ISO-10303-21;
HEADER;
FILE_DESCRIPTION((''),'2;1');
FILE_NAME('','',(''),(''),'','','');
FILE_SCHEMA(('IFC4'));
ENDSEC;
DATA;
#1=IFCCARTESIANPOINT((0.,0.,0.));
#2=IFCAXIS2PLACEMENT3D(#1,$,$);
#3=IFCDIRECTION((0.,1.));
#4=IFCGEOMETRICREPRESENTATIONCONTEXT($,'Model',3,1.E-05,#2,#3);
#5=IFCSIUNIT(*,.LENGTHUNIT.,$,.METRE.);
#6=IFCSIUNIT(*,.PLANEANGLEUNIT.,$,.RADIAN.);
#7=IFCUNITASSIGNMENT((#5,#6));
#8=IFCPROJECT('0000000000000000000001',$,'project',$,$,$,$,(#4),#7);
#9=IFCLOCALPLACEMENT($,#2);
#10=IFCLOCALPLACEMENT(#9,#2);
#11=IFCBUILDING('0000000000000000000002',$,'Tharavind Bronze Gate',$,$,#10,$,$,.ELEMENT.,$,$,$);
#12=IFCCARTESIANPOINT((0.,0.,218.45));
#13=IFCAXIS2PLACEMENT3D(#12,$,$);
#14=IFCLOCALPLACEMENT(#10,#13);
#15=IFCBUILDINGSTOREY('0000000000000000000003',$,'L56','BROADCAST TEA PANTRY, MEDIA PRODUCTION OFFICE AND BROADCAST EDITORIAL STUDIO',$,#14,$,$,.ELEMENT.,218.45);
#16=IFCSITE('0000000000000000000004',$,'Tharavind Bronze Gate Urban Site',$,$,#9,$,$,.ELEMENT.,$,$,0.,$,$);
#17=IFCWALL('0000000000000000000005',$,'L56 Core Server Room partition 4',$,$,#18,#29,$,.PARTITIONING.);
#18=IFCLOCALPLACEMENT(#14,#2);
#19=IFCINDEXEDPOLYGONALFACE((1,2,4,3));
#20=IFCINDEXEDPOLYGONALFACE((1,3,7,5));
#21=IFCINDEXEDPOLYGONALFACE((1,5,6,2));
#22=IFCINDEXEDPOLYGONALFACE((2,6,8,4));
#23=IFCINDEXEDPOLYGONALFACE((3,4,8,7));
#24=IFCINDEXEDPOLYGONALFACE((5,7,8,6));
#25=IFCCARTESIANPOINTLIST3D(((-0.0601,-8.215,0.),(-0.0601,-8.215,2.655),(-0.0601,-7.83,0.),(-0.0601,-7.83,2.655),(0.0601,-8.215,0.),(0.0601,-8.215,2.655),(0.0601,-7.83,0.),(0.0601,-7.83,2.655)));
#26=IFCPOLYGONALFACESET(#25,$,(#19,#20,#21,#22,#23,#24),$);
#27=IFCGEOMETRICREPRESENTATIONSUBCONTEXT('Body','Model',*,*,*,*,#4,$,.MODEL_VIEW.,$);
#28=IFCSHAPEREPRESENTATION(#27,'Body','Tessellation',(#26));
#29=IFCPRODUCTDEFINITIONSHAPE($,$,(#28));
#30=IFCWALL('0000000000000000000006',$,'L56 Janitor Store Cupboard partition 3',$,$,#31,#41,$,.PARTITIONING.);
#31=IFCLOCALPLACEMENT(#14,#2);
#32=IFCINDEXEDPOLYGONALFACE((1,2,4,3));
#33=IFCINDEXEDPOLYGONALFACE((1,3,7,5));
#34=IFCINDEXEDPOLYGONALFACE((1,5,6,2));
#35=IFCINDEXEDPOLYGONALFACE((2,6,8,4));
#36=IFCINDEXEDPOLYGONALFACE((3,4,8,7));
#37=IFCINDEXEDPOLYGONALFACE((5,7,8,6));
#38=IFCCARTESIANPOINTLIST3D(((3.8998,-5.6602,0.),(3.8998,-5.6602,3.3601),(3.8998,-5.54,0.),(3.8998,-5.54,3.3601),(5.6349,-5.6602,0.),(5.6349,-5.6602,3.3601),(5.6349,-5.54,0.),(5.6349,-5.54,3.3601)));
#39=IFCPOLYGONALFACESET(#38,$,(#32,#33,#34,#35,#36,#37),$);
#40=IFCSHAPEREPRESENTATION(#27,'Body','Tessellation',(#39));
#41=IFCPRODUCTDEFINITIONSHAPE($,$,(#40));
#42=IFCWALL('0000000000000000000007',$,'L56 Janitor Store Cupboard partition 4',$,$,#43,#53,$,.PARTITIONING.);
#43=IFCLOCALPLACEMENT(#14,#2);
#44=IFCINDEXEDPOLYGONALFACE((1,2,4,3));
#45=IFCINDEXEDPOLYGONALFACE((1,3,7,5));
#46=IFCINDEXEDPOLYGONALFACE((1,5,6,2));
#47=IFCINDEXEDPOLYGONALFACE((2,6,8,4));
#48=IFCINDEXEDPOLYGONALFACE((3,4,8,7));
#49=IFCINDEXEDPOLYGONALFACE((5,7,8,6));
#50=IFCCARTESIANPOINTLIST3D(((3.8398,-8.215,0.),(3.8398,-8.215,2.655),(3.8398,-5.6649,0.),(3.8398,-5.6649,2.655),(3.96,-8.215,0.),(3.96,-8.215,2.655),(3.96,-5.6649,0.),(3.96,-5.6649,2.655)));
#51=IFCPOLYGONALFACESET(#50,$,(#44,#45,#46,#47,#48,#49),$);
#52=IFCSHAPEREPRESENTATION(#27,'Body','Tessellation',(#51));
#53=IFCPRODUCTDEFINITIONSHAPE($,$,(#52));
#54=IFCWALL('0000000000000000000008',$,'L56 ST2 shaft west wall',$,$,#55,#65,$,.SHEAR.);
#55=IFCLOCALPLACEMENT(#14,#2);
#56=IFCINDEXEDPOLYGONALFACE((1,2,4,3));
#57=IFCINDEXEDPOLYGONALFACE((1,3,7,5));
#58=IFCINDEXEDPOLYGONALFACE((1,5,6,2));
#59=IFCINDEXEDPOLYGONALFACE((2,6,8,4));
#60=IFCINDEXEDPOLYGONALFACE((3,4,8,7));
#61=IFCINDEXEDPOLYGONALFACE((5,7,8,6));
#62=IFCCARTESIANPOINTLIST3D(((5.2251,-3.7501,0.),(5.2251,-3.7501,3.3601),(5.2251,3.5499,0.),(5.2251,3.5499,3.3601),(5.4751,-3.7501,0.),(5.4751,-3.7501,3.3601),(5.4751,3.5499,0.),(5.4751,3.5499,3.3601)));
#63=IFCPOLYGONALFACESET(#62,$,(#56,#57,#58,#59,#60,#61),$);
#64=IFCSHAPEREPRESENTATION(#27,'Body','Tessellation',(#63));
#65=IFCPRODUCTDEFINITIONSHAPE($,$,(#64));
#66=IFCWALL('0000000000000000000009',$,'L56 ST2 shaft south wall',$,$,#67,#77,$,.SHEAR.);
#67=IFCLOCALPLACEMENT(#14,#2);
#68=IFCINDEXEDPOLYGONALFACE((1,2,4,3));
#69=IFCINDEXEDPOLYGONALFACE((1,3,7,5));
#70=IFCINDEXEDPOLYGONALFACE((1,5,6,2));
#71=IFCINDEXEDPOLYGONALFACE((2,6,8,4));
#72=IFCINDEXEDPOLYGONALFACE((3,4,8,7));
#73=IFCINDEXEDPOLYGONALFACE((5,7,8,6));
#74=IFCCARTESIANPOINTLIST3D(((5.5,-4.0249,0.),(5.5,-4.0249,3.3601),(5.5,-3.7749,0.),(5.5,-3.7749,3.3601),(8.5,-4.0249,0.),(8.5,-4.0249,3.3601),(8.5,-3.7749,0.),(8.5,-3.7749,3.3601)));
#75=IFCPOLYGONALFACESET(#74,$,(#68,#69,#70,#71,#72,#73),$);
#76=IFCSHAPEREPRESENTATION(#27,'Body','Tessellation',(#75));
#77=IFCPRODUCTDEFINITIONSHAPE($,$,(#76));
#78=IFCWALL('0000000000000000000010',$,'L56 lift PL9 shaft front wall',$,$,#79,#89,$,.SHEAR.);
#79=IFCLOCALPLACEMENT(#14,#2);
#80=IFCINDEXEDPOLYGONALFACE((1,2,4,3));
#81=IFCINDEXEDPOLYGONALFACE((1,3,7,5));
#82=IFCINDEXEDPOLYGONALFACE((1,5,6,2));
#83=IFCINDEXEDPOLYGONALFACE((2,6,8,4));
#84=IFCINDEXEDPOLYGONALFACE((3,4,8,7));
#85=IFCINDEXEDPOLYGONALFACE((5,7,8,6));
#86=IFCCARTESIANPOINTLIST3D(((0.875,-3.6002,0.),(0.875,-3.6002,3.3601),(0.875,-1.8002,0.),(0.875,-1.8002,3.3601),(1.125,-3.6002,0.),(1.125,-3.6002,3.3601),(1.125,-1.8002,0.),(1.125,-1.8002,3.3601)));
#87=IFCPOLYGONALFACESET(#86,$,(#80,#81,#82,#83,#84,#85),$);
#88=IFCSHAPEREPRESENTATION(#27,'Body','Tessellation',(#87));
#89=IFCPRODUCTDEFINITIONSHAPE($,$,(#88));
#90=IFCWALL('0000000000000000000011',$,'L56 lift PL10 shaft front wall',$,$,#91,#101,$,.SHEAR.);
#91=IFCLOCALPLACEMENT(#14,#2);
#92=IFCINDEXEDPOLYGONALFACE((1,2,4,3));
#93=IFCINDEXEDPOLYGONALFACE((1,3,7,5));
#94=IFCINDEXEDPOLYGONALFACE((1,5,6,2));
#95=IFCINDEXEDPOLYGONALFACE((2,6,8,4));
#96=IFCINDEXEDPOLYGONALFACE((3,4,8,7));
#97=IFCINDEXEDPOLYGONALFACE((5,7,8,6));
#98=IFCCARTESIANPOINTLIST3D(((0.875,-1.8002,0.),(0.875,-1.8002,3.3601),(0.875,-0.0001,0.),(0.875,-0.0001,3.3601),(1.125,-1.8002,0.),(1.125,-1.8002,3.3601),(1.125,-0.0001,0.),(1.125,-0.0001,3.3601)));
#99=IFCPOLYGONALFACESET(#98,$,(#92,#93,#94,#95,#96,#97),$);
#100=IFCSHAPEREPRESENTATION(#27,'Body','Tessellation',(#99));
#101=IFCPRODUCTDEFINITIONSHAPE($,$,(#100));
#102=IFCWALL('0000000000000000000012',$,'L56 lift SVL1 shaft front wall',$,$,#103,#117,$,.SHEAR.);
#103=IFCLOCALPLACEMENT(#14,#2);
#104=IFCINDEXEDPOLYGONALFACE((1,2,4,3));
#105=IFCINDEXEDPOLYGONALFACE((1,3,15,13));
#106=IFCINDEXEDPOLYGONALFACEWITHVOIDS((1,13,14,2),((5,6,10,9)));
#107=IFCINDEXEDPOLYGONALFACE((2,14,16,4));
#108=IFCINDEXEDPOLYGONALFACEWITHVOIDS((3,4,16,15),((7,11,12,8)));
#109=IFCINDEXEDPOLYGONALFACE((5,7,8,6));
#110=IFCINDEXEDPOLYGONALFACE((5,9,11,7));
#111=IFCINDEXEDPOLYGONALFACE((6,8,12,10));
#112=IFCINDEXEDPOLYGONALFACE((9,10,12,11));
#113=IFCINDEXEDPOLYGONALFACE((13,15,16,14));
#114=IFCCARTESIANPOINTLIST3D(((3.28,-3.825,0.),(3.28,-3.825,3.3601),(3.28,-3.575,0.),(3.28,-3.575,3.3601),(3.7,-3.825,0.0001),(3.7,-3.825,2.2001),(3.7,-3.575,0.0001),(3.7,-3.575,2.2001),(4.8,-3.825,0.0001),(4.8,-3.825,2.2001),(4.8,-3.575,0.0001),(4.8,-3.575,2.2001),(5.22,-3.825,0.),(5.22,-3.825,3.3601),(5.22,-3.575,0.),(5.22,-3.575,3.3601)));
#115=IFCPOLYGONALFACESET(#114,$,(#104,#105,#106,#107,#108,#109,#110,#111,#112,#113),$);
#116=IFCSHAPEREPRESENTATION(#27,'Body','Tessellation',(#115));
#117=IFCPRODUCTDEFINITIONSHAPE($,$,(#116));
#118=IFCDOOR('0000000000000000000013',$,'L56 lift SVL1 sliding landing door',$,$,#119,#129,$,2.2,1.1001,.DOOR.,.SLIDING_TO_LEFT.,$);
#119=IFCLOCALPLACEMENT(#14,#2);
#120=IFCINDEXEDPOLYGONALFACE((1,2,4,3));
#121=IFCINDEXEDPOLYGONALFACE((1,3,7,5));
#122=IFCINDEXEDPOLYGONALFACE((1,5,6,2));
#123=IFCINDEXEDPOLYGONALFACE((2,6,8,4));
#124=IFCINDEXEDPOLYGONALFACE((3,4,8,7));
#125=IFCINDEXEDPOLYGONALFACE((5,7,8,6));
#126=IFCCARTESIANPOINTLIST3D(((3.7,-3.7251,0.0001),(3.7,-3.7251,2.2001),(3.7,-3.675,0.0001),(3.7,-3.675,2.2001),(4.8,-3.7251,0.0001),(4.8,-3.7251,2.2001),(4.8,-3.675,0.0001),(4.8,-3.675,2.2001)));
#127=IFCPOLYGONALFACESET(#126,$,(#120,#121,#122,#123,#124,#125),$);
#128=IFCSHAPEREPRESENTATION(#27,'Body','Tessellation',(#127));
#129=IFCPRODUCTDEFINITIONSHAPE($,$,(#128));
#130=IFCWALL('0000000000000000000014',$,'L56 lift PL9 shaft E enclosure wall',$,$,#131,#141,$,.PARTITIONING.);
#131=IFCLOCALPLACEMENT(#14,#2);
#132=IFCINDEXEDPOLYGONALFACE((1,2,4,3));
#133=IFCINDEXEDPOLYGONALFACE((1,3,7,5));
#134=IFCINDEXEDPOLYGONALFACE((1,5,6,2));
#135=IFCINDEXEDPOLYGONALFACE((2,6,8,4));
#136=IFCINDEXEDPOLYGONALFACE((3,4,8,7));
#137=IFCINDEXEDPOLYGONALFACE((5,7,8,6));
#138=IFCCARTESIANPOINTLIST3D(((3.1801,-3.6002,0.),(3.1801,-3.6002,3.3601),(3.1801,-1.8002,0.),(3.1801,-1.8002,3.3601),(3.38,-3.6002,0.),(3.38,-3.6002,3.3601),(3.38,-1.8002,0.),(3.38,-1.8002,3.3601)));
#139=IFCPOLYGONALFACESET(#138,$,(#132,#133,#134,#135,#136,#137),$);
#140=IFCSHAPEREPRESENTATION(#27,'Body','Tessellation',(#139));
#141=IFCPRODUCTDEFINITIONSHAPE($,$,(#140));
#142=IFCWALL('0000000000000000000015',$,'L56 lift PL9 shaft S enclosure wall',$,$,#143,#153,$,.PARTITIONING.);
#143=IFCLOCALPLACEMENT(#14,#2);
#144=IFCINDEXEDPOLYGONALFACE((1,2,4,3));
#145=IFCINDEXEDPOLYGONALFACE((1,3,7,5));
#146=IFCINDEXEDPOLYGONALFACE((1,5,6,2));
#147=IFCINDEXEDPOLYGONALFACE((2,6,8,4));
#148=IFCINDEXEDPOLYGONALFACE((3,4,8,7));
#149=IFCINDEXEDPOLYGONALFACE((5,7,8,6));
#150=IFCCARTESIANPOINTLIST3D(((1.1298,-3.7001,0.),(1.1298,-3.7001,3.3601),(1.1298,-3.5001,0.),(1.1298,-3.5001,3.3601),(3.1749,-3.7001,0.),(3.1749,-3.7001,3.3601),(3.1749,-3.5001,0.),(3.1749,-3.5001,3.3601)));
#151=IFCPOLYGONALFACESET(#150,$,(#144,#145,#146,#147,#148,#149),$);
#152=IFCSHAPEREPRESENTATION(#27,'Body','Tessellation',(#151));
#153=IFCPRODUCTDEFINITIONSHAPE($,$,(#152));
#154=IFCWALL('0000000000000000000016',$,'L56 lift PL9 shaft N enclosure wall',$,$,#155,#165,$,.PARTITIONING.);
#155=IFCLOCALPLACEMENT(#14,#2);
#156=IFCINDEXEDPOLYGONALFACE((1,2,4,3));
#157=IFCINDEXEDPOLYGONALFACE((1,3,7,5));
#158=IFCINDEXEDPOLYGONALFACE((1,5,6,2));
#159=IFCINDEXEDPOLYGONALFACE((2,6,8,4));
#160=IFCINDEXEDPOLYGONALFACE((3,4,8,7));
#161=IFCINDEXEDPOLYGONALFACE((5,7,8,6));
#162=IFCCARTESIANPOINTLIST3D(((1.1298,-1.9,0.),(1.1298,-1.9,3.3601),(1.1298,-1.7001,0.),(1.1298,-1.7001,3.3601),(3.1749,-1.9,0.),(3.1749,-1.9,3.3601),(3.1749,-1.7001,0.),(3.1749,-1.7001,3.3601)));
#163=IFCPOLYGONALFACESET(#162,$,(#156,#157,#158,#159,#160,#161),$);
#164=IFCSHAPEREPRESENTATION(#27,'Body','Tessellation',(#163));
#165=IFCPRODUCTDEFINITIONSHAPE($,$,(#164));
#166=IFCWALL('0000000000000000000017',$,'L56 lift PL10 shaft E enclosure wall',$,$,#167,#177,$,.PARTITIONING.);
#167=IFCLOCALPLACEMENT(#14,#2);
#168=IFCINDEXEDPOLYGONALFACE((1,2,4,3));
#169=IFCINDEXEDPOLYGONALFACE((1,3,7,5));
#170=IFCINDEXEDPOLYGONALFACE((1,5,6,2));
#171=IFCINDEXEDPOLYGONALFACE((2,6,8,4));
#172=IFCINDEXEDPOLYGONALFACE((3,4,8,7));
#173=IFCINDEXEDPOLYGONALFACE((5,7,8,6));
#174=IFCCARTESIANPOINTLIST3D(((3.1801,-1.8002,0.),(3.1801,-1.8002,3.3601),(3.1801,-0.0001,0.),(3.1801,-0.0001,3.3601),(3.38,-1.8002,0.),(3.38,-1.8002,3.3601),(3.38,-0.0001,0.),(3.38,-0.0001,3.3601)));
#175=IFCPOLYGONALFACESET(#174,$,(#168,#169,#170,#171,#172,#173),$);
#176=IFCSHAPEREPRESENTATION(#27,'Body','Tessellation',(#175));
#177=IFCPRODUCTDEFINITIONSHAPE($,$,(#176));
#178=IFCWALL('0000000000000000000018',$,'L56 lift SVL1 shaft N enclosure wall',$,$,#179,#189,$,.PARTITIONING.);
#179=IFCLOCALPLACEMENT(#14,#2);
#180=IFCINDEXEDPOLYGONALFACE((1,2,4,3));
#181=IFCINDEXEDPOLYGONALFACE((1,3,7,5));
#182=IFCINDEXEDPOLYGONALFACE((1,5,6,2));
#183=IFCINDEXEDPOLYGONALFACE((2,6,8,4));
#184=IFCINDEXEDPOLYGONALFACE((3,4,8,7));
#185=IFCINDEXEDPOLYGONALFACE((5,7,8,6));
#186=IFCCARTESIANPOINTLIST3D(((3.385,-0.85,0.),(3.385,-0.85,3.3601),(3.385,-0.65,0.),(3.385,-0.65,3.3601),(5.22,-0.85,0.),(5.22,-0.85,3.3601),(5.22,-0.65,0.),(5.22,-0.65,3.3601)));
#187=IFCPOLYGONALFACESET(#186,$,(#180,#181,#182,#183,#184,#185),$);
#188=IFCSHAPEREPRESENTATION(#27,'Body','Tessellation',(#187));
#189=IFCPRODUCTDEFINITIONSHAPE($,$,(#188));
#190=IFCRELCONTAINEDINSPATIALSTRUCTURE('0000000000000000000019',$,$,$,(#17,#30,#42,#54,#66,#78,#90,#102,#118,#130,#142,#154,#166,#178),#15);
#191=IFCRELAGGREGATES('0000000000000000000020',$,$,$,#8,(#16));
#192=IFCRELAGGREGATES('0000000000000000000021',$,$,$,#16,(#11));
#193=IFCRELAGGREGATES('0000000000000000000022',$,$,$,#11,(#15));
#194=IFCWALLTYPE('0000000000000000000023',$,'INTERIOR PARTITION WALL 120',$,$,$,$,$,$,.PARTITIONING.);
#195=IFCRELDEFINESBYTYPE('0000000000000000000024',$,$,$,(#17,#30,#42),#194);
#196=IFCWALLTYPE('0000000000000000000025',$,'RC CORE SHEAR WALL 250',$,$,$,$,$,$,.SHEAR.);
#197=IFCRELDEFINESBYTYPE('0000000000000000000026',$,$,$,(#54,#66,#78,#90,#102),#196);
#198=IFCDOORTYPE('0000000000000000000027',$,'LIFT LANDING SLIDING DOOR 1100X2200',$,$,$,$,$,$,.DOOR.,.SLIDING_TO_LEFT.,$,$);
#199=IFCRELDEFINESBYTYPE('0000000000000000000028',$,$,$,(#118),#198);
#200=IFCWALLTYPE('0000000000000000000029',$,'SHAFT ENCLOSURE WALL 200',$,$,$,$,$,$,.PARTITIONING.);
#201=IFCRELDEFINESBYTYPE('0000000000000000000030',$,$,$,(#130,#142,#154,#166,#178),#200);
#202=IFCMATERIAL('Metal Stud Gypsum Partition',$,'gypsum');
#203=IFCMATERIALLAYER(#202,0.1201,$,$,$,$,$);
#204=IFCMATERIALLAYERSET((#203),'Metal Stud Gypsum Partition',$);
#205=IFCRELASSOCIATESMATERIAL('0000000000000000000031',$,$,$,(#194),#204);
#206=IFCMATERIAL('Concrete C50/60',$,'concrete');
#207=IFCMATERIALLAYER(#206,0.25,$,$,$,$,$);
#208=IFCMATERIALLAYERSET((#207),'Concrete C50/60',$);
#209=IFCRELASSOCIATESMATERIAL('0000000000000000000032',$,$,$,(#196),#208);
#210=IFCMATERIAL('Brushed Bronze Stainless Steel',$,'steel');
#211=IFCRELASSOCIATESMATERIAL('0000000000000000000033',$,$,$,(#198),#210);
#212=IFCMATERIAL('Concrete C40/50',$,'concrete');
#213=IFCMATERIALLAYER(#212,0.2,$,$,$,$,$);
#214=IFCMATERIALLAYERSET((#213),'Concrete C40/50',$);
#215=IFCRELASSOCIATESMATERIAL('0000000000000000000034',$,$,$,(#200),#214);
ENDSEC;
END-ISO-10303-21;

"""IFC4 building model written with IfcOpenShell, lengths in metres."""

from ifc_helpers import new_model, si_unit, direction, frame, frame_2d, origin, place, context, subcontext, project, spatial, rectangle, extrude, material, layer, layer_set, type_object, element, fill, save


model = new_model("IFC4")

# Units and contexts
model_context = context("Model", 3, precision=1e-05, world=origin(), true_north=direction((0.0, 1.0)))
body_context = subcontext(model_context, "Body", "Model", "MODEL_VIEW")
ifc_project = project(units=[si_unit("LENGTHUNIT", "METRE"), si_unit("PLANEANGLEUNIT", "RADIAN")], contexts=[model_context])

# Site, building, storey
site_placement = place(None, origin())
site = spatial("IfcSite", under=ifc_project, at=site_placement, Name="Tharavind Bronze Gate Urban Site", CompositionType="ELEMENT", RefElevation=0.0)
building_placement = place(site_placement, origin())
building = spatial("IfcBuilding", under=site, at=building_placement, Name="Tharavind Bronze Gate", CompositionType="ELEMENT")
storey_placement = place(building_placement, frame((0.0, 0.0, 218.45)))
storey = spatial("IfcBuildingStorey", under=building, at=storey_placement, Name="L56", Description="BROADCAST TEA PANTRY, MEDIA PRODUCTION OFFICE AND BROADCAST EDITORIAL STUDIO", CompositionType="ELEMENT", Elevation=218.45)

# Shared definitions
ifc_material_1 = material(Name="Concrete C40/50", Category="concrete")

# Walls
ifc_material_2 = material(Name="Metal Stud Gypsum Partition", Category="gypsum")
ifc_layer_1 = layer(ifc_material_2, 0.1201)
ifc_layer_set_1 = layer_set([ifc_layer_1], Name="Metal Stud Gypsum Partition")
wall_type_1 = type_object("IfcWallType", Name="INTERIOR PARTITION WALL 120", PredefinedType="PARTITIONING", material=ifc_layer_set_1)
wall_1_placement = place(storey_placement, frame((0.0, -7.8301, 0.0), z_axis=(0.0, 0.0, 1.0), x_axis=(0.0, -1.0, 0.0)))
element("IfcWall", 1, at=wall_1_placement, inside=storey, type_object=wall_type_1, Name="L56 Core Server Room partition 4", PredefinedType="PARTITIONING", context=body_context, shape_type="SweptSolid", body=[
    extrude(rectangle(XDim=0.385, YDim=0.1201, at=frame_2d((0.1924, 0.0))), origin(), (0.0, 0.0, 1.0), 2.655),
])
wall_2_placement = place(storey_placement, frame((5.635, -5.6001, 0.0), z_axis=(0.0, 0.0, 1.0), x_axis=(-1.0, 0.0, 0.0)))
element("IfcWall", 2, at=wall_2_placement, inside=storey, type_object=wall_type_1, Name="L56 Janitor Store Cupboard partition 3", PredefinedType="PARTITIONING", context=body_context, shape_type="SweptSolid", body=[
    extrude(rectangle(XDim=1.7351, YDim=0.1201, at=frame_2d((0.8677, 0.0))), origin(), (0.0, 0.0, 1.0), 3.3601),
])
wall_3_placement = place(storey_placement, frame((3.8999, -5.665, 0.0), z_axis=(0.0, 0.0, 1.0), x_axis=(0.0, -1.0, 0.0)))
element("IfcWall", 3, at=wall_3_placement, inside=storey, type_object=wall_type_1, Name="L56 Janitor Store Cupboard partition 4", PredefinedType="PARTITIONING", context=body_context, shape_type="SweptSolid", body=[
    extrude(rectangle(XDim=2.55, YDim=0.1201, at=frame_2d((1.2749, 0.0))), origin(), (0.0, 0.0, 1.0), 2.655),
])
ifc_material_3 = material(Name="Concrete C50/60", Category="concrete")
ifc_layer_2 = layer(ifc_material_3, 0.25)
ifc_layer_set_2 = layer_set([ifc_layer_2], Name="Concrete C50/60")
wall_type_2 = type_object("IfcWallType", Name="RC CORE SHEAR WALL 250", PredefinedType="SHEAR", material=ifc_layer_set_2)
wall_4_placement = place(storey_placement, frame((5.3501, -3.75, 0.0), z_axis=(0.0, 0.0, 1.0), x_axis=(0.0, 1.0, 0.0)))
element("IfcWall", 4, at=wall_4_placement, inside=storey, type_object=wall_type_2, Name="L56 ST2 shaft west wall", PredefinedType="SHEAR", context=body_context, shape_type="SweptSolid", body=[
    extrude(rectangle(XDim=7.3, YDim=0.25, at=frame_2d((3.6499, 0.0))), origin(), (0.0, 0.0, 1.0), 3.3601),
])
wall_5_placement = place(storey_placement, frame((5.5, -3.8999, 0.0), z_axis=(0.0, 0.0, 1.0), x_axis=(1.0, 0.0, 0.0)))
element("IfcWall", 5, at=wall_5_placement, inside=storey, type_object=wall_type_2, Name="L56 ST2 shaft south wall", PredefinedType="SHEAR", context=body_context, shape_type="SweptSolid", body=[
    extrude(rectangle(XDim=3.0, YDim=0.25, at=frame_2d((1.5, 0.0))), origin(), (0.0, 0.0, 1.0), 3.3601),
])
for number, where, z_axis, x_axis, name in (
    (6, (1.0, -3.6001, 0.0), (0.0, 0.0, 1.0), (0.0, 1.0, 0.0), "L56 lift PL9 shaft front wall"),
    (7, (1.0, -1.8, 0.0), (0.0, 0.0, 1.0), (0.0, 1.0, 0.0), "L56 lift PL10 shaft front wall"),
):
    element("IfcWall", number, at=place(storey_placement, frame(where, z_axis=z_axis, x_axis=x_axis)), inside=storey, type_object=wall_type_2, Name=name, PredefinedType="SHEAR", context=body_context, shape_type="SweptSolid", body=[
        extrude(rectangle(XDim=1.8, YDim=0.25, at=frame_2d((0.8999, 0.0))), origin(), (0.0, 0.0, 1.0), 3.3601),
    ])

# Wall, opening, door
wall_6_placement = place(storey_placement, frame((3.28, -3.7, 0.0), z_axis=(0.0, 0.0, 1.0), x_axis=(1.0, 0.0, 0.0)))
wall_6 = element("IfcWall", 8, at=wall_6_placement, inside=storey, type_object=wall_type_2, Name="L56 lift SVL1 shaft front wall", PredefinedType="SHEAR", context=body_context, shape_type="SweptSolid", body=[
    extrude(rectangle(XDim=1.9399, YDim=0.25, at=frame_2d((0.97, 0.0))), origin(), (0.0, 0.0, 1.0), 3.3601),
])
opening_placement = place(wall_6_placement, frame((0.4199, 0.0, 0.0)))
opening = element("IfcOpeningElement", 9, at=opening_placement, cuts=wall_6, PredefinedType="OPENING", context=body_context, shape_type="SweptSolid", body=[
    extrude(rectangle(XDim=1.1001, YDim=2.2, at=frame_2d((0.55, 1.1001))), frame((0.0, 0.135, 0.0), z_axis=(0.0, -1.0, 0.0), x_axis=(1.0, 0.0, 0.0)), (0.0, 0.0, 1.0), 0.27),
])
ifc_material_4 = material(Name="Brushed Bronze Stainless Steel", Category="steel")
door_type = type_object("IfcDoorType", Name="LIFT LANDING SLIDING DOOR 1100X2200", OperationType="SLIDING_TO_LEFT", PredefinedType="DOOR", material=ifc_material_4)
door_placement = place(opening_placement, origin())
door = element("IfcDoor", 10, at=door_placement, inside=storey, type_object=door_type, Name="L56 lift SVL1 sliding landing door", OperationType="SLIDING_TO_LEFT", OverallHeight=2.2, OverallWidth=1.1001, PredefinedType="DOOR", context=body_context, shape_type="SweptSolid", body=[
    extrude(rectangle(XDim=1.1001, YDim=2.2, at=frame_2d((0.55, 1.1001))), frame((0.0, 0.0249, 0.0), z_axis=(0.0, -1.0, 0.0), x_axis=(1.0, 0.0, 0.0)), (0.0, 0.0, 1.0), 0.05),
])
fill(opening, door)

# Walls
ifc_layer_3 = layer(ifc_material_1, 0.2)
ifc_layer_set_3 = layer_set([ifc_layer_3], Name="Concrete C40/50")
wall_type_3 = type_object("IfcWallType", Name="SHAFT ENCLOSURE WALL 200", PredefinedType="PARTITIONING", material=ifc_layer_set_3)
wall_7_placement = place(storey_placement, frame((3.28, -3.6001, 0.0), z_axis=(0.0, 0.0, 1.0), x_axis=(0.0, 1.0, 0.0)))
element("IfcWall", 11, at=wall_7_placement, inside=storey, type_object=wall_type_3, Name="L56 lift PL9 shaft E enclosure wall", PredefinedType="PARTITIONING", context=body_context, shape_type="SweptSolid", body=[
    extrude(rectangle(XDim=1.8, YDim=0.2, at=frame_2d((0.8999, 0.0))), origin(), (0.0, 0.0, 1.0), 3.3601),
])
for number, where, z_axis, x_axis, name in (
    (12, (1.1299, -3.6001, 0.0), (0.0, 0.0, 1.0), (1.0, 0.0, 0.0), "L56 lift PL9 shaft S enclosure wall"),
    (13, (1.1299, -1.8, 0.0), (0.0, 0.0, 1.0), (1.0, 0.0, 0.0), "L56 lift PL9 shaft N enclosure wall"),
):
    element("IfcWall", number, at=place(storey_placement, frame(where, z_axis=z_axis, x_axis=x_axis)), inside=storey, type_object=wall_type_3, Name=name, PredefinedType="PARTITIONING", context=body_context, shape_type="SweptSolid", body=[
        extrude(rectangle(XDim=2.0452, YDim=0.2, at=frame_2d((1.0225, 0.0))), origin(), (0.0, 0.0, 1.0), 3.3601),
    ])
wall_8_placement = place(storey_placement, frame((3.28, -1.8, 0.0), z_axis=(0.0, 0.0, 1.0), x_axis=(0.0, 1.0, 0.0)))
element("IfcWall", 14, at=wall_8_placement, inside=storey, type_object=wall_type_3, Name="L56 lift PL10 shaft E enclosure wall", PredefinedType="PARTITIONING", context=body_context, shape_type="SweptSolid", body=[
    extrude(rectangle(XDim=1.8, YDim=0.2, at=frame_2d((0.8999, 0.0))), origin(), (0.0, 0.0, 1.0), 3.3601),
])
wall_9_placement = place(storey_placement, frame((3.385, -0.75, 0.0), z_axis=(0.0, 0.0, 1.0), x_axis=(1.0, 0.0, 0.0)))
element("IfcWall", 15, at=wall_9_placement, inside=storey, type_object=wall_type_3, Name="L56 lift SVL1 shaft N enclosure wall", PredefinedType="PARTITIONING", context=body_context, shape_type="SweptSolid", body=[
    extrude(rectangle(XDim=1.835, YDim=0.2, at=frame_2d((0.9175, 0.0))), origin(), (0.0, 0.0, 1.0), 3.3601),
])

save(model, "model.ifc")
